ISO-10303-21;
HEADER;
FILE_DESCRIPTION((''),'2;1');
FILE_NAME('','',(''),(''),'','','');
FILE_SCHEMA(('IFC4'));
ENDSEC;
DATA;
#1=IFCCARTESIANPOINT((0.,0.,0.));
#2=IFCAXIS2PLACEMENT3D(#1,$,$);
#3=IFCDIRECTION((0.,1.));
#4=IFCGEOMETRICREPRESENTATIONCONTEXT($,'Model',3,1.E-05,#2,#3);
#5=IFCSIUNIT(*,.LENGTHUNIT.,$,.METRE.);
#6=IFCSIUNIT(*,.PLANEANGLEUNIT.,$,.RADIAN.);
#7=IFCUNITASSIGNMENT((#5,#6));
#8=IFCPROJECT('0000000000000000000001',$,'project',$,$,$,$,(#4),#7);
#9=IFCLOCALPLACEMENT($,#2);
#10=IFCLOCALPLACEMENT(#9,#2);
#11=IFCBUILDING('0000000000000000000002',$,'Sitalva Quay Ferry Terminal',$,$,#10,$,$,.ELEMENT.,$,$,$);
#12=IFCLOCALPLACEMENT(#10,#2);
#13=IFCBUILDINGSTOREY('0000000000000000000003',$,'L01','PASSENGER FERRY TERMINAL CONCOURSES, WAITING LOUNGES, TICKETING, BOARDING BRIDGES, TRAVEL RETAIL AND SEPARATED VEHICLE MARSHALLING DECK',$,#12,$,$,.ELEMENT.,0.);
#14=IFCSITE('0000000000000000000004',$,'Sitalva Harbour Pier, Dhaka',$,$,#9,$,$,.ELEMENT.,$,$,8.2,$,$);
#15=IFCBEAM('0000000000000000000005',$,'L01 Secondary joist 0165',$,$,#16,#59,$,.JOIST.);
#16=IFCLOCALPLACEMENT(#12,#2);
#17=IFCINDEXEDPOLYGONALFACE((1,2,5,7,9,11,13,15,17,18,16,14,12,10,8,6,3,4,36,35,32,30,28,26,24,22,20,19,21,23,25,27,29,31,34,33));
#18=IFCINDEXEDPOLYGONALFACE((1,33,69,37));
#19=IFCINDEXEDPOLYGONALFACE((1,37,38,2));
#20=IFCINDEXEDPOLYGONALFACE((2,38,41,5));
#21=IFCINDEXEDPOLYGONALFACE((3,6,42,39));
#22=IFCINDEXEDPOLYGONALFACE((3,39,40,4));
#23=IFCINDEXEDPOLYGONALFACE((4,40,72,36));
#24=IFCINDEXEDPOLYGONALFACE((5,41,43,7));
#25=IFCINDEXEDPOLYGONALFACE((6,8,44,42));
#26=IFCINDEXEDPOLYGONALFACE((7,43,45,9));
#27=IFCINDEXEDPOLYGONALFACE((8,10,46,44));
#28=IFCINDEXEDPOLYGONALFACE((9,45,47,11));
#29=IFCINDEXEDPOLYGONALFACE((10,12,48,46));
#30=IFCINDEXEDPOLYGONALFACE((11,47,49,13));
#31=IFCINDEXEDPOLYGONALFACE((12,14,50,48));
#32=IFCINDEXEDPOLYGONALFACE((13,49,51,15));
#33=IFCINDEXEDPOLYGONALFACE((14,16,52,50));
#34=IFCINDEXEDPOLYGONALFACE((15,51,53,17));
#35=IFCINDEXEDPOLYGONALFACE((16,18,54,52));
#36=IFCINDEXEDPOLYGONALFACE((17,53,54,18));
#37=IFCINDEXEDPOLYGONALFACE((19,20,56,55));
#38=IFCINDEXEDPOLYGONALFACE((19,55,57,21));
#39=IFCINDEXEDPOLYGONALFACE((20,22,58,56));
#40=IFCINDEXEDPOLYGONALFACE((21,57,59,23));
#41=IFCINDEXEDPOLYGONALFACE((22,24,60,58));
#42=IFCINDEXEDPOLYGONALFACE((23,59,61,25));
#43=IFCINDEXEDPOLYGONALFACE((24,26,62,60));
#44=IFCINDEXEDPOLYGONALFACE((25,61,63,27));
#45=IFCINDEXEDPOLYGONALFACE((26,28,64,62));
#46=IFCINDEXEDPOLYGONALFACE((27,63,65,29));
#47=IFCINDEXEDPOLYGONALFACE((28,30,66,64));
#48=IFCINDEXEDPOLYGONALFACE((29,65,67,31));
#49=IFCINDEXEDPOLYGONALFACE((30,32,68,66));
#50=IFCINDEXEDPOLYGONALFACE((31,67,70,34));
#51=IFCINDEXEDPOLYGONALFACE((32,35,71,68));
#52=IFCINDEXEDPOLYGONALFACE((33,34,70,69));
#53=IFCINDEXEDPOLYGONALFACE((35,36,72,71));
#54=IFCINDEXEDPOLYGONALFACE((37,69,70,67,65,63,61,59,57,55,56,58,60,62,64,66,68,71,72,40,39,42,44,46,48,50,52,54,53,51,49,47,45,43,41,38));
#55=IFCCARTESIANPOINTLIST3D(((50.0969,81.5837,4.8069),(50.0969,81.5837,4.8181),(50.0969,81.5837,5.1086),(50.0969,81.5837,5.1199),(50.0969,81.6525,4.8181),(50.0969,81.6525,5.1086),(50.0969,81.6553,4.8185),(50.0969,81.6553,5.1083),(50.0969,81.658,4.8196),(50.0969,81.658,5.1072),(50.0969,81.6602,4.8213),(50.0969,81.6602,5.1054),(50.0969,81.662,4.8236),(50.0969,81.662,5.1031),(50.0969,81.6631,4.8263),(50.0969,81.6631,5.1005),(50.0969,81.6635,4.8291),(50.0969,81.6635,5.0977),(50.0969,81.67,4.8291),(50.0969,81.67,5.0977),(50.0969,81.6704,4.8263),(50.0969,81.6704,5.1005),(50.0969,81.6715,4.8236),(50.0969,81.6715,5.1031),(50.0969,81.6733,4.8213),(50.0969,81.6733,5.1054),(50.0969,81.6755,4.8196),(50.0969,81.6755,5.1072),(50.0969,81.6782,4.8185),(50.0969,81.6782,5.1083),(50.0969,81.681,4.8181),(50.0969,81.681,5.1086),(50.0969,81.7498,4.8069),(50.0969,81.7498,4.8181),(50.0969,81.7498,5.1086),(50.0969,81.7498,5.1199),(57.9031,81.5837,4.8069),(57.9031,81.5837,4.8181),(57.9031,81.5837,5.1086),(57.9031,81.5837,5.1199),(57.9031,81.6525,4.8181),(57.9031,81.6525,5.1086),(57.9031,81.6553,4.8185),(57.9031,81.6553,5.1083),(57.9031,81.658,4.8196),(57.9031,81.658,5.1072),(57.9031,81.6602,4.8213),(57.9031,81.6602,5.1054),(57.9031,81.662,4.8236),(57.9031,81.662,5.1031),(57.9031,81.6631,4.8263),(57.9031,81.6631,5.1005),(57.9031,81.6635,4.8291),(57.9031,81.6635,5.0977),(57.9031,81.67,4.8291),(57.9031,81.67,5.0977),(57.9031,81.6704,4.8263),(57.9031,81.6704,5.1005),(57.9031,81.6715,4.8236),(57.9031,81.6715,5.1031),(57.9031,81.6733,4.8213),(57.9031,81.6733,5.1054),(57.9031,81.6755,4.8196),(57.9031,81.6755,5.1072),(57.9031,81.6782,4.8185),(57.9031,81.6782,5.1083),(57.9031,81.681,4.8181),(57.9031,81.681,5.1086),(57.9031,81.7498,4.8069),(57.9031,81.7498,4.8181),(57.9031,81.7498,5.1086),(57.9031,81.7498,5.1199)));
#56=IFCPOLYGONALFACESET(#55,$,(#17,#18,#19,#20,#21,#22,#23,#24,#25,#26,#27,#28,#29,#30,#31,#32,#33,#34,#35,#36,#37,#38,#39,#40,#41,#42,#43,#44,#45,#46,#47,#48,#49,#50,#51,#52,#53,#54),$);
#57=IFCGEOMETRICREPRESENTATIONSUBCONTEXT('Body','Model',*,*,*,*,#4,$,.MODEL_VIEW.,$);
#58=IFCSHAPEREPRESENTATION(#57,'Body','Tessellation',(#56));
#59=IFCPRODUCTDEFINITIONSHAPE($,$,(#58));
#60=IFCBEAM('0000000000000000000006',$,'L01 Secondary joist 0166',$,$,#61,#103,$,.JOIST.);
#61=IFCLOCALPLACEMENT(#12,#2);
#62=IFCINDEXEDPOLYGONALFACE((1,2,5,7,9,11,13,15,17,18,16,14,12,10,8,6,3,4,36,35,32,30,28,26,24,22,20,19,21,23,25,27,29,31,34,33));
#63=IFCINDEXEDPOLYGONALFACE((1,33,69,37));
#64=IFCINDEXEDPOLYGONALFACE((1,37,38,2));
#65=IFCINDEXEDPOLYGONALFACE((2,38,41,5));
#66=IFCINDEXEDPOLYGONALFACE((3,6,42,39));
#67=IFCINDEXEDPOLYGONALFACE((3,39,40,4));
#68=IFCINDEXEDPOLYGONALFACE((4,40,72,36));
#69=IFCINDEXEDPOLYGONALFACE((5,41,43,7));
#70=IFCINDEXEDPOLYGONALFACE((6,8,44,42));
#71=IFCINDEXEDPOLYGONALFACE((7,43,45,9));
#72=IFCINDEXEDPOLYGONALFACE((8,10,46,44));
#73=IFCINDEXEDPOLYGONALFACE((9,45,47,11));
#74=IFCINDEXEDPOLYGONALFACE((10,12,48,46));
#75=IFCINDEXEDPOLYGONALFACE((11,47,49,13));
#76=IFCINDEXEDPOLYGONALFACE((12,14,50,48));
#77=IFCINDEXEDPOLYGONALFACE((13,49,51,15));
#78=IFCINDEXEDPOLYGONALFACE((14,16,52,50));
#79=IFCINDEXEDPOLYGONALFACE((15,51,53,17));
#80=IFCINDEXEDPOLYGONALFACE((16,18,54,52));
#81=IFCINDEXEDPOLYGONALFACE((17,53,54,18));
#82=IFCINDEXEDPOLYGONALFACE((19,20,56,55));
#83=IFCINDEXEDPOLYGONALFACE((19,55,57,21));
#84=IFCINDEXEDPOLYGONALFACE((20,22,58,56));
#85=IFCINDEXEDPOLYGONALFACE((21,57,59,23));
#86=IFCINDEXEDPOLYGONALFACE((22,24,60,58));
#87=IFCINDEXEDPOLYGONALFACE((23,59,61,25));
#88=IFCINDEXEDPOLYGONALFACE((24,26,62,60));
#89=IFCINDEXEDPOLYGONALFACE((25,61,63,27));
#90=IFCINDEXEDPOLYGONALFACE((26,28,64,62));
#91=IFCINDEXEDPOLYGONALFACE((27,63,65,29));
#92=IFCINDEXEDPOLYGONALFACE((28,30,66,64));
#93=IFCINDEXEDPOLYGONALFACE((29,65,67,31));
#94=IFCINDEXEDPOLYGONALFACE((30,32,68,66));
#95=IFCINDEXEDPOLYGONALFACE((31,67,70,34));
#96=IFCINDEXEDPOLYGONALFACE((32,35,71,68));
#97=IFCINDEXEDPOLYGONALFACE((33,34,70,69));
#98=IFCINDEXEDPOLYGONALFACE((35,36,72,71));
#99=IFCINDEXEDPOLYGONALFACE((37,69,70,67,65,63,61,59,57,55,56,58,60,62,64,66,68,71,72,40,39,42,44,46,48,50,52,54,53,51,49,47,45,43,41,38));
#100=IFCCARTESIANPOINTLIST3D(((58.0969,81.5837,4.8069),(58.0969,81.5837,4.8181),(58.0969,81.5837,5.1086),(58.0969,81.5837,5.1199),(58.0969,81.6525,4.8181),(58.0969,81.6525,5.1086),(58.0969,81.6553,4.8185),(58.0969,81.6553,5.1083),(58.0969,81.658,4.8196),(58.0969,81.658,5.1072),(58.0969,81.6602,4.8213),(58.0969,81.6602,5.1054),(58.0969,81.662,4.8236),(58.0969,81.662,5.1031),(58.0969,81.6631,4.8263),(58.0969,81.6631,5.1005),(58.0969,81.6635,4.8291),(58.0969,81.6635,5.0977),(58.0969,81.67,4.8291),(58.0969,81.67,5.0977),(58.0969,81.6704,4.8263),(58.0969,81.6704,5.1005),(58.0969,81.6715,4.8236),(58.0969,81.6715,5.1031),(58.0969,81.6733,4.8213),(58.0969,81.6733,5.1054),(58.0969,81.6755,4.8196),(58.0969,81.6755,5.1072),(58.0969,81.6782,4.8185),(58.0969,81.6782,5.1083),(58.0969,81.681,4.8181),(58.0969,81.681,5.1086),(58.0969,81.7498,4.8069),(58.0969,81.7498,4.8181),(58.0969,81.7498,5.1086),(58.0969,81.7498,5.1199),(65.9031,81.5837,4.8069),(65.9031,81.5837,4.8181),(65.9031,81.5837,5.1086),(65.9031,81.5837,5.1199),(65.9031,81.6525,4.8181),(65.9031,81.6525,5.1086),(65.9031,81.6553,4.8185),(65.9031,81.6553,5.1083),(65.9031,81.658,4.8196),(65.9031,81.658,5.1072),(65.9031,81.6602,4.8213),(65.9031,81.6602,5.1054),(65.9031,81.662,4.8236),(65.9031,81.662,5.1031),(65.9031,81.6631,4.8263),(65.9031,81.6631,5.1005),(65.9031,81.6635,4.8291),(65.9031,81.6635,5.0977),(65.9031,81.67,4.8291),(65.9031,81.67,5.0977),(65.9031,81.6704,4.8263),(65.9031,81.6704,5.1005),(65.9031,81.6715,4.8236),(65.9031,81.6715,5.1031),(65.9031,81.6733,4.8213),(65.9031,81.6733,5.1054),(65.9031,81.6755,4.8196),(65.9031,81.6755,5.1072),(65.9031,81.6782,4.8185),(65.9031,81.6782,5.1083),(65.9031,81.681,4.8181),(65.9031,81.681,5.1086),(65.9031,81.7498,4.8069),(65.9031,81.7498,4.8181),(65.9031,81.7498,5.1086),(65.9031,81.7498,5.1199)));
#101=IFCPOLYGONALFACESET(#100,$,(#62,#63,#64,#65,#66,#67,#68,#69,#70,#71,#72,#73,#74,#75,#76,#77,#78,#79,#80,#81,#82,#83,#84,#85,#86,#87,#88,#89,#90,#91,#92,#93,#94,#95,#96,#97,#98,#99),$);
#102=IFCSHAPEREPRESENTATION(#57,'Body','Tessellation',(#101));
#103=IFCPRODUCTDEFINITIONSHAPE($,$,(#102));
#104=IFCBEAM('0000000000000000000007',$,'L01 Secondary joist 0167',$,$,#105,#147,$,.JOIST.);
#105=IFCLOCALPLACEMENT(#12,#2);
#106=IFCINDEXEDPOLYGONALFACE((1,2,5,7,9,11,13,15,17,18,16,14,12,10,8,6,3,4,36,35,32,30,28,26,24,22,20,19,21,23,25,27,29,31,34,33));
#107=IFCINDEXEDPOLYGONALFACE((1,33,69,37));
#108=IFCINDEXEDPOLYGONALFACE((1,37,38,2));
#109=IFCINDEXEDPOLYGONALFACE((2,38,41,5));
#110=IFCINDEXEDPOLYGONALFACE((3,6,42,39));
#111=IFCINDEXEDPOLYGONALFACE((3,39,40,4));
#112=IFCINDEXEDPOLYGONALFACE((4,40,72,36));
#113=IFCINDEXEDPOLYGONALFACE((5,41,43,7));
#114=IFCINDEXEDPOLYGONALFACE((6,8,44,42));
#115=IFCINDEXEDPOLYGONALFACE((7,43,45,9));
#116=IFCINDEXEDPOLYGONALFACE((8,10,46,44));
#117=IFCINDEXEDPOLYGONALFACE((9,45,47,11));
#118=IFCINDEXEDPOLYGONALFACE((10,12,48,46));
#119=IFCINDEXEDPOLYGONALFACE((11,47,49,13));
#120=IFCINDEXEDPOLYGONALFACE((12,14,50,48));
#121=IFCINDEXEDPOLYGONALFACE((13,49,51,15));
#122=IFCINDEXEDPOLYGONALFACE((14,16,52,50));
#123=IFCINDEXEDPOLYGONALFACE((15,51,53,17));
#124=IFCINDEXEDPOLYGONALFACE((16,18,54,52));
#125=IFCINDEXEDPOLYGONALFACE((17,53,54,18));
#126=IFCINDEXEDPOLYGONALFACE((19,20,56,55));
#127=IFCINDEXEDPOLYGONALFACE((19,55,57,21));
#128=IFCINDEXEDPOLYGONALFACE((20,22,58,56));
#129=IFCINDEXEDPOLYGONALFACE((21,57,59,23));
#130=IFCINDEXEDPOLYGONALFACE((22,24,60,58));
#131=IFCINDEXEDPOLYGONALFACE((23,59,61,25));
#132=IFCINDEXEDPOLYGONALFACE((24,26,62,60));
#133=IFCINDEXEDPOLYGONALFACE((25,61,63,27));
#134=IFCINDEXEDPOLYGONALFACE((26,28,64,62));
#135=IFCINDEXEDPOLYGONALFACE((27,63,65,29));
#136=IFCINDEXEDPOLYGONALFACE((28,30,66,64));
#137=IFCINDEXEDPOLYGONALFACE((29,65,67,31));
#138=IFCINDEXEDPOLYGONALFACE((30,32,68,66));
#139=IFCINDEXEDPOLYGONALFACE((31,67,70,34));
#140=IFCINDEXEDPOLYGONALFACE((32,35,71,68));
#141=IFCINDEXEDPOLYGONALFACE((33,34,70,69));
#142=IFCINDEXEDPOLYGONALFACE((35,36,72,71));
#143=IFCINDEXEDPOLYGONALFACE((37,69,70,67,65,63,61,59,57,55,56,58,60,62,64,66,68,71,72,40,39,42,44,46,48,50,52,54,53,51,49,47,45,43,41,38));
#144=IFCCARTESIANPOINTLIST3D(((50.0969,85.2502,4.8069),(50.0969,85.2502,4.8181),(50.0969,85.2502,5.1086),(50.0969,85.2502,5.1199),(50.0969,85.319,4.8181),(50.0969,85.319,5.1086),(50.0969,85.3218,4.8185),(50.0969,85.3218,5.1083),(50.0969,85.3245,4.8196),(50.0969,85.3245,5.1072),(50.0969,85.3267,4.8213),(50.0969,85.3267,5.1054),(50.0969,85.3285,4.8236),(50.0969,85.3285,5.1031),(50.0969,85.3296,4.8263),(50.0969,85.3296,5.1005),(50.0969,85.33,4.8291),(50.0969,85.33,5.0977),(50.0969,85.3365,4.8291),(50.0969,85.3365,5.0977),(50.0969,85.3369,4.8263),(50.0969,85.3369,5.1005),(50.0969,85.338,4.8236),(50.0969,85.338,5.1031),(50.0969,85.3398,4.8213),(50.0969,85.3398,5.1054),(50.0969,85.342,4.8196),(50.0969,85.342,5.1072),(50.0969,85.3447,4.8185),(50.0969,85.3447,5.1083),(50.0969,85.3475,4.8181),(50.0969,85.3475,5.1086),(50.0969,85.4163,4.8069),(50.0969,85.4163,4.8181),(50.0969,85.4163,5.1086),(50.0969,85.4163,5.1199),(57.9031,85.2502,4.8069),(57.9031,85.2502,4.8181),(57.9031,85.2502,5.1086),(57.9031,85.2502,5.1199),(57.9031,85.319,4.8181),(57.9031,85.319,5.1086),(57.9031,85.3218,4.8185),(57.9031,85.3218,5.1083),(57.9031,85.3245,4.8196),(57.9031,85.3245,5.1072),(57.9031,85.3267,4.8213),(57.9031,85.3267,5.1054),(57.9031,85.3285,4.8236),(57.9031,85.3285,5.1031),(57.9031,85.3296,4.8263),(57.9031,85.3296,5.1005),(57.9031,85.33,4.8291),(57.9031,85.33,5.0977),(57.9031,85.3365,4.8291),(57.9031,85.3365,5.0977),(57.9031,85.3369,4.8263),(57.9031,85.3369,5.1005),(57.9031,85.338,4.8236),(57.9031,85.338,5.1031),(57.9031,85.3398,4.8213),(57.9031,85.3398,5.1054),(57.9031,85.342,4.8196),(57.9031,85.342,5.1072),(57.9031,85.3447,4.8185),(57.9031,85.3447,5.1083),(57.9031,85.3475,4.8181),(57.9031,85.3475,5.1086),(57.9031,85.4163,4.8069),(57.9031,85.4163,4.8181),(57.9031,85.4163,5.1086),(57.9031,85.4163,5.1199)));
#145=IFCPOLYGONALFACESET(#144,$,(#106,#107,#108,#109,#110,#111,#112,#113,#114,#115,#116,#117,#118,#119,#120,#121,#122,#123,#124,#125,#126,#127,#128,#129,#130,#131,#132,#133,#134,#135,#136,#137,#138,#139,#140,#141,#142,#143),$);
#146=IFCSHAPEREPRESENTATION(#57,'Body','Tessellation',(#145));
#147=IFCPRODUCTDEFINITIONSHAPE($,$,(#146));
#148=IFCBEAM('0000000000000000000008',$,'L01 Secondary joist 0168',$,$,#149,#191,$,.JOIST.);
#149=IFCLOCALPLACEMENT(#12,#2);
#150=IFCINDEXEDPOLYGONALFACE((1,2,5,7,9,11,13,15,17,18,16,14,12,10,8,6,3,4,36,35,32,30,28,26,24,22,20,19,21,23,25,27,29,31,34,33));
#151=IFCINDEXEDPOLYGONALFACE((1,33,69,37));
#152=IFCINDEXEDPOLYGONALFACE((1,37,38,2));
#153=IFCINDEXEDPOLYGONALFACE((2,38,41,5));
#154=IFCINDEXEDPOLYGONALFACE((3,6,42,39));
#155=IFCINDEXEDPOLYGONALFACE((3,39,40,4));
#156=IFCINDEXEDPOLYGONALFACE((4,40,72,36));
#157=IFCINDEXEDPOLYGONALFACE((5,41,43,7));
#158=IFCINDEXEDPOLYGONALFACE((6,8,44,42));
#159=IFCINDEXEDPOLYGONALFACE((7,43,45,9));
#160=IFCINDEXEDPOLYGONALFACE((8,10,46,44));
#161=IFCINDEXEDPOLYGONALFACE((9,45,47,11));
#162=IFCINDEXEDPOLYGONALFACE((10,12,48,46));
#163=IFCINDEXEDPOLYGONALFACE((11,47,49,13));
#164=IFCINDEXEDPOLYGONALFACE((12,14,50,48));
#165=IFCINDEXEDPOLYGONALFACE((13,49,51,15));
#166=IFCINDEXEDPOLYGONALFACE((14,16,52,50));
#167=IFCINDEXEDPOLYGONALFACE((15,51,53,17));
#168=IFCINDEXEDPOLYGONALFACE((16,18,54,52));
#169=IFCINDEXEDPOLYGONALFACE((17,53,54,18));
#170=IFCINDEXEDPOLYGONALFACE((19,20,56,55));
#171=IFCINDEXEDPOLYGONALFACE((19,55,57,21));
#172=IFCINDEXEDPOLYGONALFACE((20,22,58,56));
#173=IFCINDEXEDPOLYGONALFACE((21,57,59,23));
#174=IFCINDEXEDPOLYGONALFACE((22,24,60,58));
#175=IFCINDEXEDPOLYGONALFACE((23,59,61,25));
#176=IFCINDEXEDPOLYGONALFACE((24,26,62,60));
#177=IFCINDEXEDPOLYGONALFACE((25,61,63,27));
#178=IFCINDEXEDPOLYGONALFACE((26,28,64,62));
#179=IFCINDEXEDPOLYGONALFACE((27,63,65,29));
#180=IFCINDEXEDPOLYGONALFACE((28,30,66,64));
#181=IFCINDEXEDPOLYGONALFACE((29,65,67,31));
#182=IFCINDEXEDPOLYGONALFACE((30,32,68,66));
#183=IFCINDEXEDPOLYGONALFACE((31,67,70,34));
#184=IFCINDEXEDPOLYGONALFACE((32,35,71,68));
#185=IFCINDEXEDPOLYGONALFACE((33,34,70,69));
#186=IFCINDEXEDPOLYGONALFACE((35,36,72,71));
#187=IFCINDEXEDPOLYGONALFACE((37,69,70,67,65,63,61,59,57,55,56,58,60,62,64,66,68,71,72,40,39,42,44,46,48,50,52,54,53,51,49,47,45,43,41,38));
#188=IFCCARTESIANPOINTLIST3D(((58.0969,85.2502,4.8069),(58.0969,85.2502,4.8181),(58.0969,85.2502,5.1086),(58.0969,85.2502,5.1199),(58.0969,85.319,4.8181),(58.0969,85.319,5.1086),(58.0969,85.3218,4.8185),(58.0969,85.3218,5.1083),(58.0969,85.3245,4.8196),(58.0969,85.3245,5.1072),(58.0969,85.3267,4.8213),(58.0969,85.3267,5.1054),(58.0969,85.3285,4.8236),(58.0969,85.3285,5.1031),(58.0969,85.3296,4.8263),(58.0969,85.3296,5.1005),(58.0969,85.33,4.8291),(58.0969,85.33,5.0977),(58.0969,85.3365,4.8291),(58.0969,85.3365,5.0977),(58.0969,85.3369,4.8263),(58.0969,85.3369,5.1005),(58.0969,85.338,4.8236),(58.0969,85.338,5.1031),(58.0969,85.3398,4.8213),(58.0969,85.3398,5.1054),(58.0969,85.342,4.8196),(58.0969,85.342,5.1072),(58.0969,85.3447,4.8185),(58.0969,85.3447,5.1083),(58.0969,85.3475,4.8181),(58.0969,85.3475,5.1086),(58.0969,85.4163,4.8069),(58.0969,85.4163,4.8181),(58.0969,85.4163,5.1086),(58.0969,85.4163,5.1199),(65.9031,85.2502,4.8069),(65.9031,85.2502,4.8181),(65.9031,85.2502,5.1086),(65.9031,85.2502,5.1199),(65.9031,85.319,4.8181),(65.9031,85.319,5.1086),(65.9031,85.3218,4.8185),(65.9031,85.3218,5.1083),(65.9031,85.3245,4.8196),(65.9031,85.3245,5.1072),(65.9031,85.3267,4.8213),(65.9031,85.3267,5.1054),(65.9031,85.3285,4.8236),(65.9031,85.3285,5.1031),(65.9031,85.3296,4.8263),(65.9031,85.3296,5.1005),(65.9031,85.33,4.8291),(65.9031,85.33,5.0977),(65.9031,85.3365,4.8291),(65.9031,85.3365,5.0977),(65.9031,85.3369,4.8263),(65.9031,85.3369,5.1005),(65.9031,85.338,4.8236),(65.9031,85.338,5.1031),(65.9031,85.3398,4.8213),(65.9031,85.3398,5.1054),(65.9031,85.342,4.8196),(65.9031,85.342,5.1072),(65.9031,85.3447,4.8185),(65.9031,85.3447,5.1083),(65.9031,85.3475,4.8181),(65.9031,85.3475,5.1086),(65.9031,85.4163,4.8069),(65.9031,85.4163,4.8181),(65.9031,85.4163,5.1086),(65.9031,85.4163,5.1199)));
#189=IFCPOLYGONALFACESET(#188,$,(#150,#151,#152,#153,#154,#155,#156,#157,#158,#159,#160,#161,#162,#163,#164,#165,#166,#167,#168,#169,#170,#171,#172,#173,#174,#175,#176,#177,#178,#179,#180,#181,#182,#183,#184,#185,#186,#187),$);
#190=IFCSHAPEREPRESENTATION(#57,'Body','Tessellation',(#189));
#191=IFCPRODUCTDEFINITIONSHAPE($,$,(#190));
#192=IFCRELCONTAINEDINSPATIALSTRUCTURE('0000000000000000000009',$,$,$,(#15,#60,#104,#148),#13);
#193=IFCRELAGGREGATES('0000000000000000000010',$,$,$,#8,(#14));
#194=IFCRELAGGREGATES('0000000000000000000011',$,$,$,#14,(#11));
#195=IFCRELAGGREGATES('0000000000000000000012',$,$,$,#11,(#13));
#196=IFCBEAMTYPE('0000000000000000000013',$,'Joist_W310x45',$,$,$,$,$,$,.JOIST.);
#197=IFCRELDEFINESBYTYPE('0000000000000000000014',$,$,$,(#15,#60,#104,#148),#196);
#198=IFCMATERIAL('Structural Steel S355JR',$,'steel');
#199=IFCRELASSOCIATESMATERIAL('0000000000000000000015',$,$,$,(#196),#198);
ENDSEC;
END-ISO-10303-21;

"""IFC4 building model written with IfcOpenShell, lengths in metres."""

from ifc_helpers import new_model, si_unit, direction, frame, origin, origin_2d, place, context, subcontext, project, spatial, i_section, extrude, material, material_profile, profile_set, type_object, element, save


model = new_model("IFC4")

# Units and contexts
model_context = context("Model", 3, precision=1e-05, world=origin(), true_north=direction((0.0, 1.0)))
body_context = subcontext(model_context, "Body", "Model", "MODEL_VIEW")
ifc_project = project(units=[si_unit("LENGTHUNIT", "METRE"), si_unit("PLANEANGLEUNIT", "RADIAN")], contexts=[model_context])

# Site, building, storey
site_placement = place(None, origin())
site = spatial("IfcSite", under=ifc_project, at=site_placement, Name="Sitalva Harbour Pier, Dhaka", CompositionType="ELEMENT", RefElevation=8.2)
building_placement = place(site_placement, origin())
building = spatial("IfcBuilding", under=site, at=building_placement, Name="Sitalva Quay Ferry Terminal", CompositionType="ELEMENT")
storey_placement = place(building_placement, origin())
storey = spatial("IfcBuildingStorey", under=building, at=storey_placement, Name="L01", Description="PASSENGER FERRY TERMINAL CONCOURSES, WAITING LOUNGES, TICKETING, BOARDING BRIDGES, TRAVEL RETAIL AND SEPARATED VEHICLE MARSHALLING DECK", CompositionType="ELEMENT", Elevation=0.0)

# Beams
ifc_material_1 = material(Name="Structural Steel S355JR", Category="steel")
ifc_material_profile_1 = material_profile(ifc_material_1, i_section(OverallWidth=0.166, OverallDepth=0.313, WebThickness=0.0066, FlangeThickness=0.0112, FilletRadius=0.011, at=origin_2d()), Name="W310x45")
ifc_profile_set_1 = profile_set([ifc_material_profile_1], Name="Structural Steel S355JR")
beam_type_1 = type_object("IfcBeamType", Name="Joist_W310x45", PredefinedType="JOIST", material=ifc_profile_set_1)
for number, where, z_axis, x_axis, name in (
    (1, (50.0969, 81.6667, 4.9634), (1.0, 0.0, 0.0), (0.0, 1.0, 0.0), "L01 Secondary joist 0165"),
    (2, (58.0969, 81.6667, 4.9634), (1.0, 0.0, 0.0), (0.0, 1.0, 0.0), "L01 Secondary joist 0166"),
    (3, (50.0969, 85.3333, 4.9634), (1.0, 0.0, 0.0), (0.0, 1.0, 0.0), "L01 Secondary joist 0167"),
    (4, (58.0969, 85.3333, 4.9634), (1.0, 0.0, 0.0), (0.0, 1.0, 0.0), "L01 Secondary joist 0168"),
):
    element("IfcBeam", number, at=place(storey_placement, frame(where, z_axis=z_axis, x_axis=x_axis)), inside=storey, type_object=beam_type_1, Name=name, PredefinedType="JOIST", context=body_context, shape_type="SweptSolid", body=[
        extrude(i_section(OverallWidth=0.166, OverallDepth=0.313, WebThickness=0.0066, FlangeThickness=0.0112, FilletRadius=0.011, at=origin_2d()), origin(), (0.0, 0.0, 1.0), 7.8062),
    ])

save(model, "model.ifc")
